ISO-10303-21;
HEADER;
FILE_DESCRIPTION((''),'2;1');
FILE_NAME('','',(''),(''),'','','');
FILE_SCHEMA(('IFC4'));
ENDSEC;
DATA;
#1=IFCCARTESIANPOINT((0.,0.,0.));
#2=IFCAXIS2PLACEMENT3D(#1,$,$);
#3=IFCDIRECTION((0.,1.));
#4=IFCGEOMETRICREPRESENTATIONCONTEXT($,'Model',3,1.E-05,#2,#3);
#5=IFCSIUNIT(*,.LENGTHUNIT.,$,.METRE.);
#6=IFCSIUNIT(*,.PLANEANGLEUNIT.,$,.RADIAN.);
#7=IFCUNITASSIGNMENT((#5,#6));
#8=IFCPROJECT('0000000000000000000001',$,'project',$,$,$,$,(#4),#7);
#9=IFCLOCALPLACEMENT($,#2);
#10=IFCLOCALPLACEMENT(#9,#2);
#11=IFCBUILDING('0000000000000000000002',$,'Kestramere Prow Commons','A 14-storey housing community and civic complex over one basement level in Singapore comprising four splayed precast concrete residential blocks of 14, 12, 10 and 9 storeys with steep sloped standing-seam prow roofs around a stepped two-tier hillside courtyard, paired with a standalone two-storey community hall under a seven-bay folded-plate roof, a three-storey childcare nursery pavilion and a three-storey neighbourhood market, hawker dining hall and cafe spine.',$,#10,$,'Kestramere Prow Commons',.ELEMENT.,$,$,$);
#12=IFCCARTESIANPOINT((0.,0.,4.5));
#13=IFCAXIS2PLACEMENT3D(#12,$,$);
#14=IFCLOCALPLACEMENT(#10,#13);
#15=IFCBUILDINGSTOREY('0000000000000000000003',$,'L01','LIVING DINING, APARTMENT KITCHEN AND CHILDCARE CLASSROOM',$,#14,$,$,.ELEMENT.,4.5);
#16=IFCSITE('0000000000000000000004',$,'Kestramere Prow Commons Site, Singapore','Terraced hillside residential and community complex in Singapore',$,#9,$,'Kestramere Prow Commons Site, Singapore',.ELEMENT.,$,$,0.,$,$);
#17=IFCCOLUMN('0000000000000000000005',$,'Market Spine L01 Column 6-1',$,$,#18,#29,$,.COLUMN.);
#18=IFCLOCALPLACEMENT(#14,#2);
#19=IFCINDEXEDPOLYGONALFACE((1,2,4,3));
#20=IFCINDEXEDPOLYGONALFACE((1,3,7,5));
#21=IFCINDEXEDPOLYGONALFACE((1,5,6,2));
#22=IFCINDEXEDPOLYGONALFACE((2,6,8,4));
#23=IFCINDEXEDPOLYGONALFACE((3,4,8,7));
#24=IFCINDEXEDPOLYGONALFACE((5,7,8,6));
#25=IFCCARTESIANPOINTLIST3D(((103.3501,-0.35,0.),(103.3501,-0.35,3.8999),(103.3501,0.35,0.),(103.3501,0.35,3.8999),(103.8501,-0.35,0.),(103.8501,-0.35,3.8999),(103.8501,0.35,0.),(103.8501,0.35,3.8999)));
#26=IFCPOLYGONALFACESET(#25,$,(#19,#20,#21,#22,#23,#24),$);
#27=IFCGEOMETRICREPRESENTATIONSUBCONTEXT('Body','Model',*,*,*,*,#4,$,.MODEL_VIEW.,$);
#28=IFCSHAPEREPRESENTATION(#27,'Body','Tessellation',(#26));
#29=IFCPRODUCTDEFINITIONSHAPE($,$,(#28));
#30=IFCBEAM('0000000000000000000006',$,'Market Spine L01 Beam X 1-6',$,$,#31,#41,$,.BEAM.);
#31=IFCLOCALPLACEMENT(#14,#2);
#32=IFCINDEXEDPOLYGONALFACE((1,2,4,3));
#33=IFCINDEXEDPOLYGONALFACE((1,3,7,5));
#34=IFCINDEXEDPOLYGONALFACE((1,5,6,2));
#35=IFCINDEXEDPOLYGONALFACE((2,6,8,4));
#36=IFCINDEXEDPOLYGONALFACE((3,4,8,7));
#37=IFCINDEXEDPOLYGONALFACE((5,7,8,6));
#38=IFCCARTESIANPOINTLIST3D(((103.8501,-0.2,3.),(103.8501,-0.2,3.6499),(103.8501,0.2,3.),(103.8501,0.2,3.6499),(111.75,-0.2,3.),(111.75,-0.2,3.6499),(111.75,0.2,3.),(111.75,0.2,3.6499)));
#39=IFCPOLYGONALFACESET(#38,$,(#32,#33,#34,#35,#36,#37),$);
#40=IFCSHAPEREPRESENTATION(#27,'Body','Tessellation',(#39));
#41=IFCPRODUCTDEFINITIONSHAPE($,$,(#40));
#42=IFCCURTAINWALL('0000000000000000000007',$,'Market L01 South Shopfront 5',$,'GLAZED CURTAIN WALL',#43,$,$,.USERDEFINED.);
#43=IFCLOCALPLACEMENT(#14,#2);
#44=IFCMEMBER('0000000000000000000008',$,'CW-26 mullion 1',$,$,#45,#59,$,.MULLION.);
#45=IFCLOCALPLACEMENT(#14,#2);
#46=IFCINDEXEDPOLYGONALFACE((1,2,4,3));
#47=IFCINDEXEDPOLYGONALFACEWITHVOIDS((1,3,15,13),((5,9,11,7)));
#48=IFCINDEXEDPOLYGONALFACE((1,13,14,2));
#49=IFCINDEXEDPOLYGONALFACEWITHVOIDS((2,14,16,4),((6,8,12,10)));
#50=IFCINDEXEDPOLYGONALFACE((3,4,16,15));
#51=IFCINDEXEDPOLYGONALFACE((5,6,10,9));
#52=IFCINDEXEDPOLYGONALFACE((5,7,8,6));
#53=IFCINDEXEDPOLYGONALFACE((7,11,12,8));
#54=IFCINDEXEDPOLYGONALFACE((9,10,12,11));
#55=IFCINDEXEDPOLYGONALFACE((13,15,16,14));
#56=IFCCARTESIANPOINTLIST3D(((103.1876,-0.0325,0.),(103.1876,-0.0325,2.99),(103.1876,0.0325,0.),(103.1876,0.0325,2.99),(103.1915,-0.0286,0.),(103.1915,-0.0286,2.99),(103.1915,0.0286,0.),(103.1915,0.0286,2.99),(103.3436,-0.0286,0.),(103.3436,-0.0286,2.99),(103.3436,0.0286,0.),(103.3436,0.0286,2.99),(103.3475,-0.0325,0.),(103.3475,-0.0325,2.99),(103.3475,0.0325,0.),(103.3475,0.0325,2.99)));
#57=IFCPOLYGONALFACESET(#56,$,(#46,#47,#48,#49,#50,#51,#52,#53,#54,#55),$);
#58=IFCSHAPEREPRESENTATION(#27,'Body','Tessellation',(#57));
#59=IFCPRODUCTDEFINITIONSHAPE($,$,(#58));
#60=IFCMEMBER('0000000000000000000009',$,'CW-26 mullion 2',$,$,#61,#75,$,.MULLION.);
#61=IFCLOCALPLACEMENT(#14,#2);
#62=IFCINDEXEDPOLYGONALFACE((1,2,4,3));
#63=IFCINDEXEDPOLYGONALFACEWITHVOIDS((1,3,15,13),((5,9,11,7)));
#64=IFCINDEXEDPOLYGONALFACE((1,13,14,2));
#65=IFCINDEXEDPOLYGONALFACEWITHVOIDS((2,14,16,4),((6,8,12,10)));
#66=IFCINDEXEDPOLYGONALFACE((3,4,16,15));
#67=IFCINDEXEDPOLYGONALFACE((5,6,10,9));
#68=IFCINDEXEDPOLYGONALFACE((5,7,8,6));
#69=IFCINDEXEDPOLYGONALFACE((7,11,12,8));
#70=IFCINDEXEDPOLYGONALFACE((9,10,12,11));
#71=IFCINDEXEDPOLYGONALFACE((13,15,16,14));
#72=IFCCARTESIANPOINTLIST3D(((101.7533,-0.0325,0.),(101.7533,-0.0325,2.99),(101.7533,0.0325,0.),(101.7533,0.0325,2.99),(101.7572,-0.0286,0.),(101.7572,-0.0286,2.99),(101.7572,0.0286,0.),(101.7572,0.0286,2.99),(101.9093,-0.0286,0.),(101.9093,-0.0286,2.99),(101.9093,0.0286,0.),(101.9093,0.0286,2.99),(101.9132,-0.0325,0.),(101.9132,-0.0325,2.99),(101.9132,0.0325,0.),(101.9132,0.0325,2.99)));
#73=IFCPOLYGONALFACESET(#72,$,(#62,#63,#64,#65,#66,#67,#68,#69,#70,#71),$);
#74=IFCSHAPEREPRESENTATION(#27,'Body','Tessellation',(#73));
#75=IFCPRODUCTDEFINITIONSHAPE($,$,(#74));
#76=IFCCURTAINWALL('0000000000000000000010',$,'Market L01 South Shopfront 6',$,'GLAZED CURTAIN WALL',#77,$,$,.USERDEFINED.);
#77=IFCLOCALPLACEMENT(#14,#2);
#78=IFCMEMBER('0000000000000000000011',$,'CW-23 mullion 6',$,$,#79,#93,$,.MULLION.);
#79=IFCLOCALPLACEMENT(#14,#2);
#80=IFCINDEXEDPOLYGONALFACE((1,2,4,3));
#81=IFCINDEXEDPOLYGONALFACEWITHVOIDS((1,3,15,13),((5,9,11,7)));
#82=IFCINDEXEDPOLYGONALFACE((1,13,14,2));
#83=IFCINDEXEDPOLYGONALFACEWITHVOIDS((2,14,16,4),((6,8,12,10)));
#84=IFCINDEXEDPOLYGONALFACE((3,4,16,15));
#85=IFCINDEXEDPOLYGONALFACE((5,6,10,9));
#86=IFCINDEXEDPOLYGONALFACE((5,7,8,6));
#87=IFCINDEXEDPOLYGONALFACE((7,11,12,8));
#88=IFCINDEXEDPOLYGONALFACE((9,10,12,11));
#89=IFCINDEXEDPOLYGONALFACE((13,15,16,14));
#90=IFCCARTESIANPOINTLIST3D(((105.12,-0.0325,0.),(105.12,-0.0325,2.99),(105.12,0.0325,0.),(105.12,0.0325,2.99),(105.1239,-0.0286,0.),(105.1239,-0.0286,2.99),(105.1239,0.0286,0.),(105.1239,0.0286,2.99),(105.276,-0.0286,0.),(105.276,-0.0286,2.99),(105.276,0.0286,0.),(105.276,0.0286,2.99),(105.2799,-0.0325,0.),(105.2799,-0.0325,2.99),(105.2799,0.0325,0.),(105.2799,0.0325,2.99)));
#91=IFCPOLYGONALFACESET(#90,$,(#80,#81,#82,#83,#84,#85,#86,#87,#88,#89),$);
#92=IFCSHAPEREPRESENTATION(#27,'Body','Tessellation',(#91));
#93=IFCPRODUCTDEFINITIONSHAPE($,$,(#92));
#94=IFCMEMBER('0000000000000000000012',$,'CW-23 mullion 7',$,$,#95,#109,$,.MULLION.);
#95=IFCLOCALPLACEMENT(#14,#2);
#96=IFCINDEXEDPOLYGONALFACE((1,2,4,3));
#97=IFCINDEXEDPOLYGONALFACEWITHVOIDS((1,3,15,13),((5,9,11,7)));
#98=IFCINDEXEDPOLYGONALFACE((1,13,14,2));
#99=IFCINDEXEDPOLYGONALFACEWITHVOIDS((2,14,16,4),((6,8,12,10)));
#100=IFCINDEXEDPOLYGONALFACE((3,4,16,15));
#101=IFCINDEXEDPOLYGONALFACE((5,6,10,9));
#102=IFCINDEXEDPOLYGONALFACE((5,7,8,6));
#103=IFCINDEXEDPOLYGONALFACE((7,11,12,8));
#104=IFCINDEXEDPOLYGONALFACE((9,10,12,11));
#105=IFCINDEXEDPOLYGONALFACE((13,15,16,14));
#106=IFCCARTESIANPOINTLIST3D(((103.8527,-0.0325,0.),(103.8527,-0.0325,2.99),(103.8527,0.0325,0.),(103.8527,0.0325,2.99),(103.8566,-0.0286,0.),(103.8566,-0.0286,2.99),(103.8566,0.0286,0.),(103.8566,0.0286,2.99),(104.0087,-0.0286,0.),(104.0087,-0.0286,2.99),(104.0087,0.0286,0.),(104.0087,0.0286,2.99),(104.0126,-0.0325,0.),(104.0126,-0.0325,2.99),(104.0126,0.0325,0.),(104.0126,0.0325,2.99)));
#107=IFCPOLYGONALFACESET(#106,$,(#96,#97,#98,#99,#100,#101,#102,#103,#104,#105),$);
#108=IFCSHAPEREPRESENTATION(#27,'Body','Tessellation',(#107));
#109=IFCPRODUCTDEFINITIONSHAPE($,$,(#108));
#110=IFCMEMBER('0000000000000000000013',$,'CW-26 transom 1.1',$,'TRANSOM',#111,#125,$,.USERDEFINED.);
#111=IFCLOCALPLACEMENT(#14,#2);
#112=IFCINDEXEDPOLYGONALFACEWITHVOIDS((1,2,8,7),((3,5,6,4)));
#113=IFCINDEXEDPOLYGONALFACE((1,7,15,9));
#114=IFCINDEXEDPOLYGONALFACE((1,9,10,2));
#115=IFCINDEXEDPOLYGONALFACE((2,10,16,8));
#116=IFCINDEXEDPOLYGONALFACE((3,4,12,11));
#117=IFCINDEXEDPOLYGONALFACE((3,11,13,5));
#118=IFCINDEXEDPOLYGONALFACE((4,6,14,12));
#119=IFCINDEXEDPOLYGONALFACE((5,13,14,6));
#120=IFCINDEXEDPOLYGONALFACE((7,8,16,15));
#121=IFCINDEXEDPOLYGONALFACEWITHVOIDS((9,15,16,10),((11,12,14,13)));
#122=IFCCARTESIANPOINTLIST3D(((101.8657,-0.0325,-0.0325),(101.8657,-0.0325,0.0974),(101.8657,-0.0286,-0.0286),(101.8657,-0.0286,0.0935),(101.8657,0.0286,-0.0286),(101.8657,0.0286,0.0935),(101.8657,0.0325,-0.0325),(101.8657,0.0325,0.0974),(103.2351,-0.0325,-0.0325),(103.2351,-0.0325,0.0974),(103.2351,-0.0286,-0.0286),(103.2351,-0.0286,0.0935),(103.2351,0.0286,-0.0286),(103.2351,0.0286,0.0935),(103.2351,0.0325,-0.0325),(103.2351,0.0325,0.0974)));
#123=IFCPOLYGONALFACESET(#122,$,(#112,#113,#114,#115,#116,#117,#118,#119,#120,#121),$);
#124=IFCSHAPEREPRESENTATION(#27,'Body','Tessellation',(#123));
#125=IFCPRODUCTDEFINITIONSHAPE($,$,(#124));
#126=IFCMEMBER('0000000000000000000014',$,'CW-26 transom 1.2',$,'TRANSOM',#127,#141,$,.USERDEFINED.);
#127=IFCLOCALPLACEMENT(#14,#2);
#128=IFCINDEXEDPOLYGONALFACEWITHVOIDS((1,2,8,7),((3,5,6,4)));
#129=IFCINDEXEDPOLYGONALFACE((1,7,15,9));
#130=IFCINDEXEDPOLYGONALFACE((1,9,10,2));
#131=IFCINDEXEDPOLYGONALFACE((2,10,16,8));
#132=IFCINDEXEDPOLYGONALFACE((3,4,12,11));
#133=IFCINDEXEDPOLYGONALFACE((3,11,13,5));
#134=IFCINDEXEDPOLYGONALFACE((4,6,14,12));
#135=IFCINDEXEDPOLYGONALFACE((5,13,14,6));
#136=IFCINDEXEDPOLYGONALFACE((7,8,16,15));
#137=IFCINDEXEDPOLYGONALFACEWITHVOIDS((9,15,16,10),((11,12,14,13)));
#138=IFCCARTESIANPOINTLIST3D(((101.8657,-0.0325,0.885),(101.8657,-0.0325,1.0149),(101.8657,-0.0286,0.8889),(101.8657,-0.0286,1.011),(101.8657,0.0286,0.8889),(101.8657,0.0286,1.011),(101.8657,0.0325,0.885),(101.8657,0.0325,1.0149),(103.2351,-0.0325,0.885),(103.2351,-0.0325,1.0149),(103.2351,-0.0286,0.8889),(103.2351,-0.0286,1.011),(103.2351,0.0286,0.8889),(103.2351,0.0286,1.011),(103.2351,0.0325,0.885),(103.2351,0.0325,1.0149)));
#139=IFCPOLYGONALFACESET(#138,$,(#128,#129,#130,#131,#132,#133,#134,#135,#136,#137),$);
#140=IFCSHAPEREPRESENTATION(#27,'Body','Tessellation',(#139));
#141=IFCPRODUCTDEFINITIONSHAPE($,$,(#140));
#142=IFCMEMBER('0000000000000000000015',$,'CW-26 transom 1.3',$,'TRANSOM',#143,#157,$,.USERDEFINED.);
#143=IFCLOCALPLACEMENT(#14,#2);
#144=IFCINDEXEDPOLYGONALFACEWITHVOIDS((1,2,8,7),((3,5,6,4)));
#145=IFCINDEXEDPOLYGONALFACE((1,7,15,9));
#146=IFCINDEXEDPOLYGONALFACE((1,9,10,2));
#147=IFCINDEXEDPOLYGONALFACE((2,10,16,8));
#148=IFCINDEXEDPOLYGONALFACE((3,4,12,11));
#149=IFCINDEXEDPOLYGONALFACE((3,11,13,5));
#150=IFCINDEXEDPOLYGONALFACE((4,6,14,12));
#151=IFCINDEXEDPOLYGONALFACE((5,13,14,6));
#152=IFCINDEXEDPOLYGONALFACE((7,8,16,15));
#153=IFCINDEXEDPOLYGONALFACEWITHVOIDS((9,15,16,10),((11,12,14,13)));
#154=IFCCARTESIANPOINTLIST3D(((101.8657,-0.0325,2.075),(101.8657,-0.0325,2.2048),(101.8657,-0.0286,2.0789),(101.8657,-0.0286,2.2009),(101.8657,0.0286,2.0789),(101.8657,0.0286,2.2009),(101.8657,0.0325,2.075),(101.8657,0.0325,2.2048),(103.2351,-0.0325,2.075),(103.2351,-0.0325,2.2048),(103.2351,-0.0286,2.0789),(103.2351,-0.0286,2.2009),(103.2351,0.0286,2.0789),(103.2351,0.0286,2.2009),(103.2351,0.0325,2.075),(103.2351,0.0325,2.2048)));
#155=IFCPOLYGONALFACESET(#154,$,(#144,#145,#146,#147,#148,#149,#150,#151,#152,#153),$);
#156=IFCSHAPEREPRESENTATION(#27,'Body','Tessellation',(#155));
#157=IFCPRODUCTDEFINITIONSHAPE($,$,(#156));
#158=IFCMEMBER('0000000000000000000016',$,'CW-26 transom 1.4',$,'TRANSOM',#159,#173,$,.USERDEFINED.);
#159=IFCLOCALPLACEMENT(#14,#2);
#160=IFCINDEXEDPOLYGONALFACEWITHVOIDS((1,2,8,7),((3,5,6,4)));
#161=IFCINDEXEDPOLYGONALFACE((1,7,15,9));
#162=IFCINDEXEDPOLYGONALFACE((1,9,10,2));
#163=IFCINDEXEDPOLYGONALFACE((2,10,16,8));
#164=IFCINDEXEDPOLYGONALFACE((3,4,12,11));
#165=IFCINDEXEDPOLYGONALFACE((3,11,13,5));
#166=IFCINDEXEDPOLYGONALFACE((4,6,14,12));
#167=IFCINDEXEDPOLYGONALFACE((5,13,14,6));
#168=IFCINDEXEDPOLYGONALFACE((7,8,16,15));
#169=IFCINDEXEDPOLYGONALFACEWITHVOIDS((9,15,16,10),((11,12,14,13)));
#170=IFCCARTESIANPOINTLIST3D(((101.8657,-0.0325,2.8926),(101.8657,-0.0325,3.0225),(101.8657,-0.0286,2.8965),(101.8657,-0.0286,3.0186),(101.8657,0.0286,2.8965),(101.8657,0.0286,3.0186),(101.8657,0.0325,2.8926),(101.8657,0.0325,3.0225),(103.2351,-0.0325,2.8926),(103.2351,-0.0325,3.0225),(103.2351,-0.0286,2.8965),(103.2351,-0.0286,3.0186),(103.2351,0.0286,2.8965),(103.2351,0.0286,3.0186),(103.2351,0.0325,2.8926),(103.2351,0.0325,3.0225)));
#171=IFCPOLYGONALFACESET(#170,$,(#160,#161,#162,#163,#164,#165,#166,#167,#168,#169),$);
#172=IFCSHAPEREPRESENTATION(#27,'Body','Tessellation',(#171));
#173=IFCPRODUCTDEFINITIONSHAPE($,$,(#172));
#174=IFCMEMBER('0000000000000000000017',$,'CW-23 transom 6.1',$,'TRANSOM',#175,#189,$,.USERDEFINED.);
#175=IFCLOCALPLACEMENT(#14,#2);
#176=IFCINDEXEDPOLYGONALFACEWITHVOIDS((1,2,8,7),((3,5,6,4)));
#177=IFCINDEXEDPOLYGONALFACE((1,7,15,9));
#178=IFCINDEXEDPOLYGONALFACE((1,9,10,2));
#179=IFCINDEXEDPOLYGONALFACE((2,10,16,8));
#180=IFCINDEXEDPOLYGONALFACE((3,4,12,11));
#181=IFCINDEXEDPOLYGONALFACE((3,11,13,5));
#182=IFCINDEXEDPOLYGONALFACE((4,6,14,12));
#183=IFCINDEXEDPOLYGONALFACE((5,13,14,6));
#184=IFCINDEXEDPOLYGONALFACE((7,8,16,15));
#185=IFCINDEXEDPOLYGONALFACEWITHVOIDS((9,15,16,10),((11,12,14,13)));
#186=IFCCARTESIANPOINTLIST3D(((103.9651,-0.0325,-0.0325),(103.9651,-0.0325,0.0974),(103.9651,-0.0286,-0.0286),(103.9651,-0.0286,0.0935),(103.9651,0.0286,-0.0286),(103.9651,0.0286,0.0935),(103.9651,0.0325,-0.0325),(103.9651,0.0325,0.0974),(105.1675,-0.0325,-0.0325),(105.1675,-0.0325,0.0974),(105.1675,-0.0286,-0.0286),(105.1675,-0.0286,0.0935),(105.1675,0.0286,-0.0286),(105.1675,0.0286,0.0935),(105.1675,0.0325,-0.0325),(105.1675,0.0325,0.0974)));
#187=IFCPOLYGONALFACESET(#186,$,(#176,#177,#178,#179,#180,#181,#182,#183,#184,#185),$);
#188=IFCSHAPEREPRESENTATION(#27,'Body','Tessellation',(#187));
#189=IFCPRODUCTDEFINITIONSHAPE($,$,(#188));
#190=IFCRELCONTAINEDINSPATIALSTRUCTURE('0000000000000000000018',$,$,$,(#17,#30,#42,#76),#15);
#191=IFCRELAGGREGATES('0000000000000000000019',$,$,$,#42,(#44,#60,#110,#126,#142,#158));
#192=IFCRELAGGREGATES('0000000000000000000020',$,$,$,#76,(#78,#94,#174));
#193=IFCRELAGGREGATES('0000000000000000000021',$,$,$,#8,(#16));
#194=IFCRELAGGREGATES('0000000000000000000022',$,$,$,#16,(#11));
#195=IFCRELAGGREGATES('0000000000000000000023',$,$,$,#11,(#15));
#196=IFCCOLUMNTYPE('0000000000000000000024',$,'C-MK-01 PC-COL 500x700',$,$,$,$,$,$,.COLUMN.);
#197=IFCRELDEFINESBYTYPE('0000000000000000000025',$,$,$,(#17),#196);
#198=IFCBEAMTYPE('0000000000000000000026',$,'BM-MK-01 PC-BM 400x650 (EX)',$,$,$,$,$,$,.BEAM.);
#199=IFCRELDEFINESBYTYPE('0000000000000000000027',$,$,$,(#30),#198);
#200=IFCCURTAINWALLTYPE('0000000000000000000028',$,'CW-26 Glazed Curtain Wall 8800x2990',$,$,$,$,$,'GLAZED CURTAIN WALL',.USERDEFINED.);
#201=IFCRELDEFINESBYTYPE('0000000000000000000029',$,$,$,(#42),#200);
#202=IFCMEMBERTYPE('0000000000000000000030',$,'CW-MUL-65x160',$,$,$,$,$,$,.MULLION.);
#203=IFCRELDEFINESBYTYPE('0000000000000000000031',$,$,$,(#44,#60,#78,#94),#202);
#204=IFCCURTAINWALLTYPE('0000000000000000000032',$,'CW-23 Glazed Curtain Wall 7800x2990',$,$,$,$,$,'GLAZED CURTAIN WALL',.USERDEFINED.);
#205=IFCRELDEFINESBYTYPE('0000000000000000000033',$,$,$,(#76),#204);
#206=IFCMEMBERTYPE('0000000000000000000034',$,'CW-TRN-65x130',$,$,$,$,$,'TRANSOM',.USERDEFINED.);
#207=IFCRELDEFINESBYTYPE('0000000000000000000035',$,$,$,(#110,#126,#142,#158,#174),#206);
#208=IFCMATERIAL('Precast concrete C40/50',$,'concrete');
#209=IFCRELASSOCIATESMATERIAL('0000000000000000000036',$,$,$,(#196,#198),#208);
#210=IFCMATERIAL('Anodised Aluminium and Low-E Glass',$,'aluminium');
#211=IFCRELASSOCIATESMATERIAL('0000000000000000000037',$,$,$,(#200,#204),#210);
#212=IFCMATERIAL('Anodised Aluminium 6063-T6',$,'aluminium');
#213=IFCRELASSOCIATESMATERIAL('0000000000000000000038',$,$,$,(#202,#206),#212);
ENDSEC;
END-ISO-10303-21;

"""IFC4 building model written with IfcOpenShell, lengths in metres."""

from ifc_helpers import new_model, si_unit, direction, frame, origin, origin_2d, place, context, subcontext, project, spatial, rectangle, hollow_rectangle, extrude, material, material_profile, profile_set, type_object, element, aggregate, save


model = new_model("IFC4")

# Units and contexts
model_context = context("Model", 3, precision=1e-05, world=origin(), true_north=direction((0.0, 1.0)))
body_context = subcontext(model_context, "Body", "Model", "MODEL_VIEW")
ifc_project = project(units=[si_unit("LENGTHUNIT", "METRE"), si_unit("PLANEANGLEUNIT", "RADIAN")], contexts=[model_context])

# Site, building, storey
site_placement = place(None, origin())
site = spatial("IfcSite", under=ifc_project, at=site_placement, Name="Kestramere Prow Commons Site, Singapore", Description="Terraced hillside residential and community complex in Singapore", LongName="Kestramere Prow Commons Site, Singapore", CompositionType="ELEMENT", RefElevation=0.0)
building_placement = place(site_placement, origin())
building = spatial("IfcBuilding", under=site, at=building_placement, Name="Kestramere Prow Commons", Description="A 14-storey housing community and civic complex over one basement level in Singapore comprising four splayed precast concrete residential blocks of 14, 12, 10 and 9 storeys with steep sloped standing-seam prow roofs around a stepped two-tier hillside courtyard, paired with a standalone two-storey community hall under a seven-bay folded-plate roof, a three-storey childcare nursery pavilion and a three-storey neighbourhood market, hawker dining hall and cafe spine.", LongName="Kestramere Prow Commons", CompositionType="ELEMENT")
storey_placement = place(building_placement, frame((0.0, 0.0, 4.5)))
storey = spatial("IfcBuildingStorey", under=building, at=storey_placement, Name="L01", Description="LIVING DINING, APARTMENT KITCHEN AND CHILDCARE CLASSROOM", CompositionType="ELEMENT", Elevation=4.5)

# Column
ifc_material_1 = material(Name="Precast concrete C40/50", Category="concrete")
ifc_material_profile_1 = material_profile(ifc_material_1, rectangle(XDim=0.5, YDim=0.7, at=origin_2d()), Name="PC-COL 500x700")
ifc_profile_set_1 = profile_set([ifc_material_profile_1], Name="Precast concrete C40/50")
column_type = type_object("IfcColumnType", Name="C-MK-01 PC-COL 500x700", PredefinedType="COLUMN", material=ifc_profile_set_1)
column_placement = place(storey_placement, frame((103.6001, 0.0, 0.0), z_axis=(0.0, 0.0, 1.0), x_axis=(1.0, 0.0, 0.0)))
element("IfcColumn", 1, at=column_placement, inside=storey, type_object=column_type, Name="Market Spine L01 Column 6-1", PredefinedType="COLUMN", context=body_context, shape_type="SweptSolid", body=[
    extrude(rectangle(XDim=0.5, YDim=0.7, at=origin_2d()), origin(), (0.0, 0.0, 1.0), 3.8999),
])

# Beam
ifc_material_profile_2 = material_profile(ifc_material_1, rectangle(XDim=0.3999, YDim=0.6499, at=origin_2d()), Name="PC-BM 400x650")
ifc_profile_set_2 = profile_set([ifc_material_profile_2], Name="Precast concrete C40/50")
beam_type = type_object("IfcBeamType", Name="BM-MK-01 PC-BM 400x650 (EX)", PredefinedType="BEAM", material=ifc_profile_set_2)
beam_placement = place(storey_placement, frame((103.8501, 0.0, 3.325), z_axis=(1.0, 0.0, 0.0), x_axis=(0.0, 1.0, 0.0)))
element("IfcBeam", 2, at=beam_placement, inside=storey, type_object=beam_type, Name="Market Spine L01 Beam X 1-6", PredefinedType="BEAM", context=body_context, shape_type="SweptSolid", body=[
    extrude(rectangle(XDim=0.3999, YDim=0.6499, at=origin_2d()), origin(), (0.0, 0.0, 1.0), 7.8999),
])

# Curtain walls, members
ifc_material_2 = material(Name="Anodised Aluminium and Low-E Glass", Category="aluminium")
curtain_wall_type_1 = type_object("IfcCurtainWallType", Name="CW-26 Glazed Curtain Wall 8800x2990", ElementType="GLAZED CURTAIN WALL", PredefinedType="USERDEFINED", material=ifc_material_2)
curtain_wall_1_placement = place(storey_placement, origin())
curtain_wall_1 = element("IfcCurtainWall", 3, at=curtain_wall_1_placement, inside=storey, type_object=curtain_wall_type_1, Name="Market L01 South Shopfront 5", ObjectType="GLAZED CURTAIN WALL", PredefinedType="USERDEFINED")
ifc_material_3 = material(Name="Anodised Aluminium 6063-T6", Category="aluminium")
ifc_material_profile_3 = material_profile(ifc_material_3, hollow_rectangle(XDim=0.0649, YDim=0.1599, WallThickness=0.0039, at=origin_2d()), Name="ALU-MUL 65x160")
ifc_profile_set_3 = profile_set([ifc_material_profile_3], Name="Anodised Aluminium 6063-T6")
member_type_1 = type_object("IfcMemberType", Name="CW-MUL-65x160", PredefinedType="MULLION", material=ifc_profile_set_3)
member_1_placement = place(storey_placement, frame((103.2676, 0.0, 0.0), z_axis=(0.0, 0.0, 1.0), x_axis=(0.0, -1.0, 0.0)))
member_1 = element("IfcMember", 4, at=member_1_placement, type_object=member_type_1, Name="CW-26 mullion 1", PredefinedType="MULLION", context=body_context, shape_type="SweptSolid", body=[
    extrude(hollow_rectangle(XDim=0.0649, YDim=0.1599, WallThickness=0.0039, at=origin_2d()), origin(), (0.0, 0.0, 1.0), 2.99),
])
member_2_placement = place(storey_placement, frame((101.8333, 0.0, 0.0), z_axis=(0.0, 0.0, 1.0), x_axis=(0.0, -1.0, 0.0)))
member_2 = element("IfcMember", 5, at=member_2_placement, type_object=member_type_1, Name="CW-26 mullion 2", PredefinedType="MULLION", context=body_context, shape_type="SweptSolid", body=[
    extrude(hollow_rectangle(XDim=0.0649, YDim=0.1599, WallThickness=0.0039, at=origin_2d()), origin(), (0.0, 0.0, 1.0), 2.99),
])
curtain_wall_type_2 = type_object("IfcCurtainWallType", Name="CW-23 Glazed Curtain Wall 7800x2990", ElementType="GLAZED CURTAIN WALL", PredefinedType="USERDEFINED", material=ifc_material_2)
curtain_wall_2_placement = place(storey_placement, origin())
curtain_wall_2 = element("IfcCurtainWall", 6, at=curtain_wall_2_placement, inside=storey, type_object=curtain_wall_type_2, Name="Market L01 South Shopfront 6", ObjectType="GLAZED CURTAIN WALL", PredefinedType="USERDEFINED")
member_3_placement = place(storey_placement, frame((105.2, 0.0, 0.0), z_axis=(0.0, 0.0, 1.0), x_axis=(0.0, -1.0, 0.0)))
member_3 = element("IfcMember", 7, at=member_3_placement, type_object=member_type_1, Name="CW-23 mullion 6", PredefinedType="MULLION", context=body_context, shape_type="SweptSolid", body=[
    extrude(hollow_rectangle(XDim=0.0649, YDim=0.1599, WallThickness=0.0039, at=origin_2d()), origin(), (0.0, 0.0, 1.0), 2.99),
])
member_4_placement = place(storey_placement, frame((103.9326, 0.0, 0.0), z_axis=(0.0, 0.0, 1.0), x_axis=(0.0, -1.0, 0.0)))
member_4 = element("IfcMember", 8, at=member_4_placement, type_object=member_type_1, Name="CW-23 mullion 7", PredefinedType="MULLION", context=body_context, shape_type="SweptSolid", body=[
    extrude(hollow_rectangle(XDim=0.0649, YDim=0.1599, WallThickness=0.0039, at=origin_2d()), origin(), (0.0, 0.0, 1.0), 2.99),
])

# Members
ifc_material_profile_4 = material_profile(ifc_material_3, hollow_rectangle(XDim=0.0649, YDim=0.1299, WallThickness=0.0039, at=origin_2d()), Name="ALU-TRN 65x130")
ifc_profile_set_4 = profile_set([ifc_material_profile_4], Name="Anodised Aluminium 6063-T6")
member_type_2 = type_object("IfcMemberType", Name="CW-TRN-65x130", ElementType="TRANSOM", PredefinedType="USERDEFINED", material=ifc_profile_set_4)
member_5_placement = place(storey_placement, frame((103.2351, 0.0, 0.0325), z_axis=(-1.0, 0.0, 0.0), x_axis=(0.0, -1.0, 0.0)))
member_5 = element("IfcMember", 9, at=member_5_placement, type_object=member_type_2, Name="CW-26 transom 1.1", ObjectType="TRANSOM", PredefinedType="USERDEFINED", context=body_context, shape_type="SweptSolid", body=[
    extrude(hollow_rectangle(XDim=0.0649, YDim=0.1299, WallThickness=0.0039, at=origin_2d()), origin(), (0.0, 0.0, 1.0), 1.3694),
])
member_6_placement = place(storey_placement, frame((103.2351, 0.0, 0.95), z_axis=(-1.0, 0.0, 0.0), x_axis=(0.0, -1.0, 0.0)))
member_6 = element("IfcMember", 10, at=member_6_placement, type_object=member_type_2, Name="CW-26 transom 1.2", ObjectType="TRANSOM", PredefinedType="USERDEFINED", context=body_context, shape_type="SweptSolid", body=[
    extrude(hollow_rectangle(XDim=0.0649, YDim=0.1299, WallThickness=0.0039, at=origin_2d()), origin(), (0.0, 0.0, 1.0), 1.3694),
])
member_7_placement = place(storey_placement, frame((103.2351, 0.0, 2.1399), z_axis=(-1.0, 0.0, 0.0), x_axis=(0.0, -1.0, 0.0)))
member_7 = element("IfcMember", 11, at=member_7_placement, type_object=member_type_2, Name="CW-26 transom 1.3", ObjectType="TRANSOM", PredefinedType="USERDEFINED", context=body_context, shape_type="SweptSolid", body=[
    extrude(hollow_rectangle(XDim=0.0649, YDim=0.1299, WallThickness=0.0039, at=origin_2d()), origin(), (0.0, 0.0, 1.0), 1.3694),
])
member_8_placement = place(storey_placement, frame((103.2351, 0.0, 2.9575), z_axis=(-1.0, 0.0, 0.0), x_axis=(0.0, -1.0, 0.0)))
member_8 = element("IfcMember", 12, at=member_8_placement, type_object=member_type_2, Name="CW-26 transom 1.4", ObjectType="TRANSOM", PredefinedType="USERDEFINED", context=body_context, shape_type="SweptSolid", body=[
    extrude(hollow_rectangle(XDim=0.0649, YDim=0.1299, WallThickness=0.0039, at=origin_2d()), origin(), (0.0, 0.0, 1.0), 1.3694),
])
member_9_placement = place(storey_placement, frame((105.1675, 0.0, 0.0325), z_axis=(-1.0, 0.0, 0.0), x_axis=(0.0, -1.0, 0.0)))
member_9 = element("IfcMember", 13, at=member_9_placement, type_object=member_type_2, Name="CW-23 transom 6.1", ObjectType="TRANSOM", PredefinedType="USERDEFINED", context=body_context, shape_type="SweptSolid", body=[
    extrude(hollow_rectangle(XDim=0.0649, YDim=0.1299, WallThickness=0.0039, at=origin_2d()), origin(), (0.0, 0.0, 1.0), 1.2024),
])

aggregate(curtain_wall_1, [member_1, member_2, member_5, member_6, member_7, member_8])
aggregate(curtain_wall_2, [member_3, member_4, member_9])

save(model, "model.ifc")
